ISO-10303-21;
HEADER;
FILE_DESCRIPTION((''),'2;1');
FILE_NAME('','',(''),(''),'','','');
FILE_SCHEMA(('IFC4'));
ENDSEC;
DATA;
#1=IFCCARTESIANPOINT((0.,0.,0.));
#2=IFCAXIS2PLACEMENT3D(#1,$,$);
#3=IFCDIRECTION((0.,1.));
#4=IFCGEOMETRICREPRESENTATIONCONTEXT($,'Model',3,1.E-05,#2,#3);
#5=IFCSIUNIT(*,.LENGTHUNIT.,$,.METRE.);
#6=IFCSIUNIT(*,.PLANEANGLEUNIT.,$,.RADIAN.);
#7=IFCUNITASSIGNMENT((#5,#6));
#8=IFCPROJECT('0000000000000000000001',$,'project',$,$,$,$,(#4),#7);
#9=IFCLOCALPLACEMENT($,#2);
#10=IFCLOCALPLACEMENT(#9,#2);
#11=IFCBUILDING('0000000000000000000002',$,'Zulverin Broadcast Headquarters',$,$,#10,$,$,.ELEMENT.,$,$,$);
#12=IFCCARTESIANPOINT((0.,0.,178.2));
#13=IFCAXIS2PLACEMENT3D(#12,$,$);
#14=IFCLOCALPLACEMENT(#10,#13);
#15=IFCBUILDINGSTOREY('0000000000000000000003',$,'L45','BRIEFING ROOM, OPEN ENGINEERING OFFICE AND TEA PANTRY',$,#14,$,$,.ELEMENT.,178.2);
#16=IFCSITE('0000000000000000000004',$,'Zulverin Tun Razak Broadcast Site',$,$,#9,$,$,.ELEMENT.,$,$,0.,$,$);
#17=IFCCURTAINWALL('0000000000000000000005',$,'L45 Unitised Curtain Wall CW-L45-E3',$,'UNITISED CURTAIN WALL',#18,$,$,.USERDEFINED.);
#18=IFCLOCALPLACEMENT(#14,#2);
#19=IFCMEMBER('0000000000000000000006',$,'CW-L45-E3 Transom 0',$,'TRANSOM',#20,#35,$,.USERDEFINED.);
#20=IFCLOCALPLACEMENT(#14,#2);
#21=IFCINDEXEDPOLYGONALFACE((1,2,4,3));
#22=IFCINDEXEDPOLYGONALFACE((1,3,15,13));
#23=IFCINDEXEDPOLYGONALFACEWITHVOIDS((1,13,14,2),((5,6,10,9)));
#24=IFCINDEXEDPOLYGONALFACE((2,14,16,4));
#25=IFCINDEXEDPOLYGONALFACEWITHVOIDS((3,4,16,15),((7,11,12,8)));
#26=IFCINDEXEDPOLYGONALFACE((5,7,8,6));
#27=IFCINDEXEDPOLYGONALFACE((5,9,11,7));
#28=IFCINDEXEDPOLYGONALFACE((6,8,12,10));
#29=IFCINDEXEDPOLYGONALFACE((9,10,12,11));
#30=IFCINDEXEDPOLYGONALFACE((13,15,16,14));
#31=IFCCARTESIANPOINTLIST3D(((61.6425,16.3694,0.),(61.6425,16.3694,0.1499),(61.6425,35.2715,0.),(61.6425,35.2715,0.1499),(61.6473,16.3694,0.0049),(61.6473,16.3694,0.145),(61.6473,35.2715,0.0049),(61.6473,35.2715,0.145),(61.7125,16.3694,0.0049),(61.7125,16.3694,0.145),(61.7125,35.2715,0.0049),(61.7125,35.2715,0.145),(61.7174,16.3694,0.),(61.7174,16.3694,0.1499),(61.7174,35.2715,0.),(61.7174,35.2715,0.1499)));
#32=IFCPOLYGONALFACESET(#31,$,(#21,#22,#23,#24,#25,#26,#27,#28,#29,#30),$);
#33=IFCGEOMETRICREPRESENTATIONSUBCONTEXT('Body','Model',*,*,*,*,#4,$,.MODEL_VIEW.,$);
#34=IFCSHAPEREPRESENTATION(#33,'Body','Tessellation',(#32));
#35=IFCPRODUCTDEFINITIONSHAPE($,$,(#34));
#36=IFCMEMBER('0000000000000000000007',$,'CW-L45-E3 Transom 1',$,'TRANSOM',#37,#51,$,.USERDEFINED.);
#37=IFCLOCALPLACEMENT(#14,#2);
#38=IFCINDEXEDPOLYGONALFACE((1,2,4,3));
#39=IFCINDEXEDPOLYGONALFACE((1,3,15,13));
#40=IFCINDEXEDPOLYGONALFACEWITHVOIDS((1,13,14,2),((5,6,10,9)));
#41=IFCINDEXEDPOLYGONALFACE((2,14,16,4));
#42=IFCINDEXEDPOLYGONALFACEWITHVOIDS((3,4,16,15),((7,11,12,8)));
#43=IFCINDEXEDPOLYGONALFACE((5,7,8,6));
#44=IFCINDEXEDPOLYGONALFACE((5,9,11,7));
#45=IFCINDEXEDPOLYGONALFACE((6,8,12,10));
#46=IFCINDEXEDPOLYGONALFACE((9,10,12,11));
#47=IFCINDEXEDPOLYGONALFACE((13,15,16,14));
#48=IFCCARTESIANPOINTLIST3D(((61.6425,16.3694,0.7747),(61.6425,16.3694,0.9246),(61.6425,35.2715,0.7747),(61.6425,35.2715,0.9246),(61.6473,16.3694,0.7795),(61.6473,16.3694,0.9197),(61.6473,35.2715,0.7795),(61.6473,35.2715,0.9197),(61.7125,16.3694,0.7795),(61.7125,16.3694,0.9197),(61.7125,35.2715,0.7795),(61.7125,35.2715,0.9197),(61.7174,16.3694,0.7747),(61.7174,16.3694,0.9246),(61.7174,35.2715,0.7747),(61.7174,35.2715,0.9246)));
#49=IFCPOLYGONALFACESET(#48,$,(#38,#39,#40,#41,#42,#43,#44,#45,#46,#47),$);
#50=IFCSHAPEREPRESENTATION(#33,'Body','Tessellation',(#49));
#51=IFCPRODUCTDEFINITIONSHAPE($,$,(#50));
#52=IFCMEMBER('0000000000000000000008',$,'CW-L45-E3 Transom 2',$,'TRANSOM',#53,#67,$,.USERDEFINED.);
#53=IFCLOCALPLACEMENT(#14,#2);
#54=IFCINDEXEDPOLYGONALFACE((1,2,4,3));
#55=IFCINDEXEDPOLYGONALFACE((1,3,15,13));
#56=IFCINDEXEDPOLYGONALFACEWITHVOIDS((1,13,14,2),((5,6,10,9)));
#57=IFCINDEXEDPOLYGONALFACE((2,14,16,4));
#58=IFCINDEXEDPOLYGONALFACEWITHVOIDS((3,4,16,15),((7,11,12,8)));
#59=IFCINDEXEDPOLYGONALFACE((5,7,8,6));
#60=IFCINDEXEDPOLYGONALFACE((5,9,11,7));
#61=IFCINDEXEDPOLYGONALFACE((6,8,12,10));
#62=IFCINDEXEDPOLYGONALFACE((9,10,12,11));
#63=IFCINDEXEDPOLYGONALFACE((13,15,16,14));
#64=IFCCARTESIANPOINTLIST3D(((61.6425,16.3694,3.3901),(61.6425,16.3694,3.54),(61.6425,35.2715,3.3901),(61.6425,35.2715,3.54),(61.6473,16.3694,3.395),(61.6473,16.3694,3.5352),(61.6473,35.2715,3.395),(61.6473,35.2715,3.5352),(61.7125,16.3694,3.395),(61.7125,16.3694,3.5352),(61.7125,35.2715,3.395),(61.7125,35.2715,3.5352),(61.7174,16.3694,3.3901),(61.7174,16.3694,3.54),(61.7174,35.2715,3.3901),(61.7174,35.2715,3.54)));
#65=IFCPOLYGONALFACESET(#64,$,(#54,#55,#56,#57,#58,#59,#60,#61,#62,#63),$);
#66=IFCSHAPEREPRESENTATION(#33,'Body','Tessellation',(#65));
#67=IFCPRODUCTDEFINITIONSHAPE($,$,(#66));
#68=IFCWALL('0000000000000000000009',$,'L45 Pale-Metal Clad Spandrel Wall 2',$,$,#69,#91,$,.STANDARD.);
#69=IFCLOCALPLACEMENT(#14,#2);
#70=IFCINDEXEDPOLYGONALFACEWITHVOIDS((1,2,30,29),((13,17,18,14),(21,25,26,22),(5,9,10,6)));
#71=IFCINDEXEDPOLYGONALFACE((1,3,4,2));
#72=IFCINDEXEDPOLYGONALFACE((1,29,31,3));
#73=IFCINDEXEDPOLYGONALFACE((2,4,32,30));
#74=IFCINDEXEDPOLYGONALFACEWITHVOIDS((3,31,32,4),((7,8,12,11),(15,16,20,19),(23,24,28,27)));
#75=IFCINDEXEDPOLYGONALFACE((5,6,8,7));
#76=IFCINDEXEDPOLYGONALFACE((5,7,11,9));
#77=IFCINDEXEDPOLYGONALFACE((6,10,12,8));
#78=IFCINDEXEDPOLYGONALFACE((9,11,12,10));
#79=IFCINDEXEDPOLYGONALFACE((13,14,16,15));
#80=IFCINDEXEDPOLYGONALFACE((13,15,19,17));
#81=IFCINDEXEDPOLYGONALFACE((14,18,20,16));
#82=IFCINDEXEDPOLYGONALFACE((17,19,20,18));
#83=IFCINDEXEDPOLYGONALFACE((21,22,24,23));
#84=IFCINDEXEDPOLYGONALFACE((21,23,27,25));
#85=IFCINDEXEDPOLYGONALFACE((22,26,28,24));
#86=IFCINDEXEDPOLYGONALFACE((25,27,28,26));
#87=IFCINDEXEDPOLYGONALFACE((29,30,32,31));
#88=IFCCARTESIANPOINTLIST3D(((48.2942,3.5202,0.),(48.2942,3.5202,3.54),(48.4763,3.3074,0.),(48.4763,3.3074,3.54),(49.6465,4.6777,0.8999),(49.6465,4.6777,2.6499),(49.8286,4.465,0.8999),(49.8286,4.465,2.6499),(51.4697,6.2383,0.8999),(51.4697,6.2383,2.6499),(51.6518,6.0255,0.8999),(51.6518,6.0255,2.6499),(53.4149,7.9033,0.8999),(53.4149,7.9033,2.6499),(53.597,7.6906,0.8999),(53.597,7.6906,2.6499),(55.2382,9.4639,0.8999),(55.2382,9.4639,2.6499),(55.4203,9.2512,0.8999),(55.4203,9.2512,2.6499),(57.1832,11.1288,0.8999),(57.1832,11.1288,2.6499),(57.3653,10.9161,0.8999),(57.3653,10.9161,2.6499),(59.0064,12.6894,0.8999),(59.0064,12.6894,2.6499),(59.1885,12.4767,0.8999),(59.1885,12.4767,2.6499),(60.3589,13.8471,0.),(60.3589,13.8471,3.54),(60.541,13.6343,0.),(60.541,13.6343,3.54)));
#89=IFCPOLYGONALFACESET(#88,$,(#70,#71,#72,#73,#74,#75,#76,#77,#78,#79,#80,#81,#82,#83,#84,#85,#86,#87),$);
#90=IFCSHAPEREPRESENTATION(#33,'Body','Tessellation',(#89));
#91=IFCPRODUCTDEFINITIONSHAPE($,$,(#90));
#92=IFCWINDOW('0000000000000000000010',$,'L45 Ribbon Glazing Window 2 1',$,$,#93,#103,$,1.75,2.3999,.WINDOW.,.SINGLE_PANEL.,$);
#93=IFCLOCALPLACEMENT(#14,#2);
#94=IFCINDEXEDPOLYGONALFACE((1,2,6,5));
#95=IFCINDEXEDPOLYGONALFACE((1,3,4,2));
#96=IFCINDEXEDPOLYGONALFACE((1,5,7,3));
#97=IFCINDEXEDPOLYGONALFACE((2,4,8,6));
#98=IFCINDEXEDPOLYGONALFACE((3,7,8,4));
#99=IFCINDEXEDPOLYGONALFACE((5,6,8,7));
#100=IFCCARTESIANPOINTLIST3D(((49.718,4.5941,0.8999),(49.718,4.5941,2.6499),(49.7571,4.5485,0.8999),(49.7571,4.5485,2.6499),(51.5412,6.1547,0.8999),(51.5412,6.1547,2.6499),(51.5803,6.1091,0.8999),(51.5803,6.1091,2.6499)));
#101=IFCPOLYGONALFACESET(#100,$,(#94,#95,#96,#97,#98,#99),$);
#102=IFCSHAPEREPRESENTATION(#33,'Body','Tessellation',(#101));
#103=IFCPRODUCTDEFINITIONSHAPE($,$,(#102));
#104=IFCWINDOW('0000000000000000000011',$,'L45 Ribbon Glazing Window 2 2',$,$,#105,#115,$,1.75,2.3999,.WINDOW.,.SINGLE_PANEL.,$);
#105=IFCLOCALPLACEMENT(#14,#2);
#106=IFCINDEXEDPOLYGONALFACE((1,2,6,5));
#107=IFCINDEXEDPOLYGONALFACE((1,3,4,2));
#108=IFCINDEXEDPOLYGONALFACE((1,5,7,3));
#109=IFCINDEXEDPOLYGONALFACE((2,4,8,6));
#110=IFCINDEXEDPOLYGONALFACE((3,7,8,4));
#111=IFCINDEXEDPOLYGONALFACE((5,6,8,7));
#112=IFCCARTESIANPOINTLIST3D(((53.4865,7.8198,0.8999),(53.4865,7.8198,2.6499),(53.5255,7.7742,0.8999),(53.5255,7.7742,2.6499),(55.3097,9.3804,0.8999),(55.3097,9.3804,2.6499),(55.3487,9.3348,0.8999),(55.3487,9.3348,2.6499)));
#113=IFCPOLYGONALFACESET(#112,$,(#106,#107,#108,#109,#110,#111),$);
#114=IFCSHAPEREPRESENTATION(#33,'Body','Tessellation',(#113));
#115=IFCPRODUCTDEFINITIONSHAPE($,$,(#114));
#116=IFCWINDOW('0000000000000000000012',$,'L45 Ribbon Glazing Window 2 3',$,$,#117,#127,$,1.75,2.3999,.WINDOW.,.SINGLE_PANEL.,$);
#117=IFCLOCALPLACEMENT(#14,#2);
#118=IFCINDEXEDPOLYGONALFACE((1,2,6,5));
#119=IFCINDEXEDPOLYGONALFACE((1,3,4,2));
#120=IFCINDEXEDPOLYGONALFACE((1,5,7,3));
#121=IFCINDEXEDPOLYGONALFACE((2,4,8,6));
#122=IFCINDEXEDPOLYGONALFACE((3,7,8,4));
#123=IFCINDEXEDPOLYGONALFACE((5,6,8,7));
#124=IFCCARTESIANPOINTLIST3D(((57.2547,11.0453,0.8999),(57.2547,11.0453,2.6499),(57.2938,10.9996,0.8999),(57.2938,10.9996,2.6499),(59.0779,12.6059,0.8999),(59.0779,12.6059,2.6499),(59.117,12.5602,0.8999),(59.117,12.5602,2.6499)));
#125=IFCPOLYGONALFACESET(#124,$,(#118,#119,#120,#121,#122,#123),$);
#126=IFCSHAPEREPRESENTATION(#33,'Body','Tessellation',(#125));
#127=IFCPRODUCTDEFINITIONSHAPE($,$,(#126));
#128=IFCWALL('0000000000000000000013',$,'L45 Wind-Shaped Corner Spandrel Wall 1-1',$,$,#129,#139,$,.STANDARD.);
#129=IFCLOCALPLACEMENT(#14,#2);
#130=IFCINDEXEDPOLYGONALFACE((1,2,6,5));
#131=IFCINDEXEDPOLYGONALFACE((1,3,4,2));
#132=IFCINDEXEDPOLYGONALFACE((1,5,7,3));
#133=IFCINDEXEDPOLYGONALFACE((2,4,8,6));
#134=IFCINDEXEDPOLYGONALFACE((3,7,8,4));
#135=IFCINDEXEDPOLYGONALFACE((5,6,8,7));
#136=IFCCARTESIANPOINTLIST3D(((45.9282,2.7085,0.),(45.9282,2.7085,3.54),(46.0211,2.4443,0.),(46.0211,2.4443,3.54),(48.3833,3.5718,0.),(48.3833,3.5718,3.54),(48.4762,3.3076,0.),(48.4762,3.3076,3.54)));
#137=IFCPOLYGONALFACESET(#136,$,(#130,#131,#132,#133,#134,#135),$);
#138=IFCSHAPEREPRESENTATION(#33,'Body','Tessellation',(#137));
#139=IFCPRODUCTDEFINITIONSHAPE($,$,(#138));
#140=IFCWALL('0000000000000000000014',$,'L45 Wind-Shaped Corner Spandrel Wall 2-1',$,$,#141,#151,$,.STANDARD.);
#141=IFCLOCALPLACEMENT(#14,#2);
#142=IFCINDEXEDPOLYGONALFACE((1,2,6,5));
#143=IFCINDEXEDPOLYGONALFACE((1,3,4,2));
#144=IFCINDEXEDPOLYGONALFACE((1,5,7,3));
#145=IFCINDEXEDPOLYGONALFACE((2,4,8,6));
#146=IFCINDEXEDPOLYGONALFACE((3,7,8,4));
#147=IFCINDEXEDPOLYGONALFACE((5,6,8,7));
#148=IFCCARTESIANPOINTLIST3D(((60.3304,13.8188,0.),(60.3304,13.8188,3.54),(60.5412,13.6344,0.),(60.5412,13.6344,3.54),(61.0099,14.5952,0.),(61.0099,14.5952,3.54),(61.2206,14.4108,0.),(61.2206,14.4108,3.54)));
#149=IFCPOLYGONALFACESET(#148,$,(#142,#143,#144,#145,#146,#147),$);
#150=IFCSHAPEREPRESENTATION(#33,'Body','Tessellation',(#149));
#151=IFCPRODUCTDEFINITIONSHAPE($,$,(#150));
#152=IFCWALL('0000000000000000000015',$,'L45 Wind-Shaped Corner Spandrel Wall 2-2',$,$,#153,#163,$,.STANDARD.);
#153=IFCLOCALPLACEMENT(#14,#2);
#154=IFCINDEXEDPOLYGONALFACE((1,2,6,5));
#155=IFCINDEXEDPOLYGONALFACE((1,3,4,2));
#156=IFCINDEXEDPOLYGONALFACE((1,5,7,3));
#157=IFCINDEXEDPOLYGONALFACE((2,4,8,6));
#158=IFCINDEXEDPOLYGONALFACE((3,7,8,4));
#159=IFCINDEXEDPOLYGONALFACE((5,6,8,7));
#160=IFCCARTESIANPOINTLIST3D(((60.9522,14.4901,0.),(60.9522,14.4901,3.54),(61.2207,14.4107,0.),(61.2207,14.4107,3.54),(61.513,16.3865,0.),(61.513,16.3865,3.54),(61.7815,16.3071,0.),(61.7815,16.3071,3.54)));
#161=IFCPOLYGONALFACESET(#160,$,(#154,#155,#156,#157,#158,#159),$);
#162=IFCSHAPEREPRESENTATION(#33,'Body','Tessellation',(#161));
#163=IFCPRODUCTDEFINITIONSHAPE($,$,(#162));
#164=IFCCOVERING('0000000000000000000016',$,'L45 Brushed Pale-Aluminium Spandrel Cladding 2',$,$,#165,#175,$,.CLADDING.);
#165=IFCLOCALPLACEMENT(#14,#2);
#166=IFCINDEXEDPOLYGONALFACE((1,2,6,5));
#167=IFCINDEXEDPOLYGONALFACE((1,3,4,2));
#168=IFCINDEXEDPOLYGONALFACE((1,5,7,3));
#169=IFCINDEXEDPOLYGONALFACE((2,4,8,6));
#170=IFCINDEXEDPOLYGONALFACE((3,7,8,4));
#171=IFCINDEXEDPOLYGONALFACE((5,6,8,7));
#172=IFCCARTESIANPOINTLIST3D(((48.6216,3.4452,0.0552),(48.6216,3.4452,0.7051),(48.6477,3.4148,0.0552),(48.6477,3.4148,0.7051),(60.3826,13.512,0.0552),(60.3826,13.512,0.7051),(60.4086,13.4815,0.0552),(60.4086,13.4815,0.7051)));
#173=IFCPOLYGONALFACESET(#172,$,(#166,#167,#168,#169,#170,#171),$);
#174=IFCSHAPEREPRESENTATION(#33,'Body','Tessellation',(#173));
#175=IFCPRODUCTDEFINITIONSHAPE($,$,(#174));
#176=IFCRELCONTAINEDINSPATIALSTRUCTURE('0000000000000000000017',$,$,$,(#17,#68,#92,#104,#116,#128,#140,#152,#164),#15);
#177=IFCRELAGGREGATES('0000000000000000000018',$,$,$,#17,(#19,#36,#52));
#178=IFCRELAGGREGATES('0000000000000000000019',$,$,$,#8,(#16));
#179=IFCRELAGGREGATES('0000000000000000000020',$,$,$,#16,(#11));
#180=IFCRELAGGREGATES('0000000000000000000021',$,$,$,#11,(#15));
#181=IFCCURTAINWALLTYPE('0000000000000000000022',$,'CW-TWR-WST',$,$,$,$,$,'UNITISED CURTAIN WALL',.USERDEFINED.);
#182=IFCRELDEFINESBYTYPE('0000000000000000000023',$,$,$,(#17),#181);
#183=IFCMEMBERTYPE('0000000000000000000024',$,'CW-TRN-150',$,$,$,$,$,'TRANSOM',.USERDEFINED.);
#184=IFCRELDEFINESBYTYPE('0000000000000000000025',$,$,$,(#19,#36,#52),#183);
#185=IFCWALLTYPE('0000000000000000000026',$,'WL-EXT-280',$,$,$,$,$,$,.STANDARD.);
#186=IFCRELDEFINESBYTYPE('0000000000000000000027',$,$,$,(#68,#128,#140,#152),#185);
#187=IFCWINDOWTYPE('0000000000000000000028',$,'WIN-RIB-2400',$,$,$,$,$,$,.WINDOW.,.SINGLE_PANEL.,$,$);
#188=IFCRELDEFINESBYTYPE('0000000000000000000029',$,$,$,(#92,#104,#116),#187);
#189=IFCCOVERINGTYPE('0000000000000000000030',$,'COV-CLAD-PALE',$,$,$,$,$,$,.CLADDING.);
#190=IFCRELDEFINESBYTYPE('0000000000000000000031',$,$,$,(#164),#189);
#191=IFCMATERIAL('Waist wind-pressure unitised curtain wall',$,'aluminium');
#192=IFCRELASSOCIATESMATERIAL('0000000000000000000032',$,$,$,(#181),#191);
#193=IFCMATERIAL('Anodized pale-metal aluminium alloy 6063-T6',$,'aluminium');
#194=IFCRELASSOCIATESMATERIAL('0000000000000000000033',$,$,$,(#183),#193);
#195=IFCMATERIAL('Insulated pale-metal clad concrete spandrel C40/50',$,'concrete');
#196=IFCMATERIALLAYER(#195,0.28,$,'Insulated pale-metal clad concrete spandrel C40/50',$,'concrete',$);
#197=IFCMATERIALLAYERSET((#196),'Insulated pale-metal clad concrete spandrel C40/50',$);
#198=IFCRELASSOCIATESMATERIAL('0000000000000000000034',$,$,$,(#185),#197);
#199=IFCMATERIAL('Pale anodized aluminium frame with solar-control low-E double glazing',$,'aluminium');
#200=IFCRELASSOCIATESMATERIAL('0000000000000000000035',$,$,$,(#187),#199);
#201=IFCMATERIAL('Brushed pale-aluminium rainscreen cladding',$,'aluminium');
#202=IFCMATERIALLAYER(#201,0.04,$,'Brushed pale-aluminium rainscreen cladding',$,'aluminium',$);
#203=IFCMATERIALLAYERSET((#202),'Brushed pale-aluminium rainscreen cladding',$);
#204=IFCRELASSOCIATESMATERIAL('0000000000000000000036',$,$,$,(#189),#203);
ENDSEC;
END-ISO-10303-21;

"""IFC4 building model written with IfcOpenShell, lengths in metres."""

from ifc_helpers import new_model, si_unit, direction, frame, frame_2d, origin, origin_2d, place, context, subcontext, project, spatial, rectangle, hollow_rectangle, extrude, material, layer, layer_set, material_profile, profile_set, type_object, element, fill, aggregate, save


model = new_model("IFC4")

# Units and contexts
model_context = context("Model", 3, precision=1e-05, world=origin(), true_north=direction((0.0, 1.0)))
body_context = subcontext(model_context, "Body", "Model", "MODEL_VIEW")
ifc_project = project(units=[si_unit("LENGTHUNIT", "METRE"), si_unit("PLANEANGLEUNIT", "RADIAN")], contexts=[model_context])

# Site, building, storey
site_placement = place(None, origin())
site = spatial("IfcSite", under=ifc_project, at=site_placement, Name="Zulverin Tun Razak Broadcast Site", CompositionType="ELEMENT", RefElevation=0.0)
building_placement = place(site_placement, origin())
building = spatial("IfcBuilding", under=site, at=building_placement, Name="Zulverin Broadcast Headquarters", CompositionType="ELEMENT")
storey_placement = place(building_placement, frame((0.0, 0.0, 178.2)))
storey = spatial("IfcBuildingStorey", under=building, at=storey_placement, Name="L45", Description="BRIEFING ROOM, OPEN ENGINEERING OFFICE AND TEA PANTRY", CompositionType="ELEMENT", Elevation=178.2)

# Curtain wall, members
ifc_material_1 = material(Name="Waist wind-pressure unitised curtain wall", Category="aluminium")
curtain_wall_type = type_object("IfcCurtainWallType", Name="CW-TWR-WST", ElementType="UNITISED CURTAIN WALL", PredefinedType="USERDEFINED", material=ifc_material_1)
curtain_wall_placement = place(storey_placement, origin())
curtain_wall = element("IfcCurtainWall", 1, at=curtain_wall_placement, inside=storey, type_object=curtain_wall_type, Name="L45 Unitised Curtain Wall CW-L45-E3", ObjectType="UNITISED CURTAIN WALL", PredefinedType="USERDEFINED")
ifc_material_2 = material(Name="Anodized pale-metal aluminium alloy 6063-T6", Category="aluminium")
ifc_material_profile_1 = material_profile(ifc_material_2, hollow_rectangle(XDim=0.075, YDim=0.1499, WallThickness=0.0049, at=origin_2d()), Name="Anodized pale-metal aluminium alloy 6063-T6", Category="aluminium")
ifc_profile_set_1 = profile_set([ifc_material_profile_1], Name="Anodized pale-metal aluminium alloy 6063-T6")
member_type_1 = type_object("IfcMemberType", Name="CW-TRN-150", ElementType="TRANSOM", PredefinedType="USERDEFINED", material=ifc_profile_set_1)
member_1_placement = place(storey_placement, frame((61.6799, 16.3694, 0.075), z_axis=(0.0, 1.0, 0.0), x_axis=(-1.0, 0.0, 0.0)))
member_1 = element("IfcMember", 2, at=member_1_placement, type_object=member_type_1, Name="CW-L45-E3 Transom 0", ObjectType="TRANSOM", PredefinedType="USERDEFINED", context=body_context, shape_type="SweptSolid", body=[
    extrude(hollow_rectangle(XDim=0.075, YDim=0.1499, WallThickness=0.0049, at=origin_2d()), origin(), (0.0, 0.0, 1.0), 18.9021),
])
member_2_placement = place(storey_placement, frame((61.6799, 16.3694, 0.8496), z_axis=(0.0, 1.0, 0.0), x_axis=(-1.0, 0.0, 0.0)))
member_2 = element("IfcMember", 3, at=member_2_placement, type_object=member_type_1, Name="CW-L45-E3 Transom 1", ObjectType="TRANSOM", PredefinedType="USERDEFINED", context=body_context, shape_type="SweptSolid", body=[
    extrude(hollow_rectangle(XDim=0.075, YDim=0.1499, WallThickness=0.0049, at=origin_2d()), origin(), (0.0, 0.0, 1.0), 18.9021),
])
member_3_placement = place(storey_placement, frame((61.6799, 16.3694, 3.4651), z_axis=(0.0, 1.0, 0.0), x_axis=(-1.0, 0.0, 0.0)))
member_3 = element("IfcMember", 4, at=member_3_placement, type_object=member_type_1, Name="CW-L45-E3 Transom 2", ObjectType="TRANSOM", PredefinedType="USERDEFINED", context=body_context, shape_type="SweptSolid", body=[
    extrude(hollow_rectangle(XDim=0.075, YDim=0.1499, WallThickness=0.0049, at=origin_2d()), origin(), (0.0, 0.0, 1.0), 18.9021),
])
aggregate(curtain_wall, [member_1, member_2, member_3])

# Wall, openings, windows
ifc_material_3 = material(Name="Insulated pale-metal clad concrete spandrel C40/50", Category="concrete")
ifc_layer_1 = layer(ifc_material_3, 0.28, Name="Insulated pale-metal clad concrete spandrel C40/50", Category="concrete")
ifc_layer_set_1 = layer_set([ifc_layer_1], Name="Insulated pale-metal clad concrete spandrel C40/50")
wall_type = type_object("IfcWallType", Name="WL-EXT-280", PredefinedType="STANDARD", material=ifc_layer_set_1)
wall_1_placement = place(storey_placement, frame((48.3853, 3.4138, 0.0), z_axis=(0.0, 0.0, 1.0), x_axis=(0.7597, 0.650273, 0.0)))
wall_1 = element("IfcWall", 5, at=wall_1_placement, inside=storey, type_object=wall_type, Name="L45 Pale-Metal Clad Spandrel Wall 2", PredefinedType="STANDARD", context=body_context, shape_type="SweptSolid", body=[
    extrude(rectangle(XDim=15.8809, YDim=0.28, at=frame_2d((7.9404, 0.0))), origin(), (0.0, 0.0, 1.0), 3.54),
])
opening_1_placement = place(wall_1_placement, frame((1.78, 0.0, 0.8999)))
opening_1 = element("IfcOpeningElement", 6, at=opening_1_placement, cuts=wall_1, PredefinedType="OPENING", context=body_context, shape_type="SweptSolid", body=[
    extrude(rectangle(XDim=2.3999, YDim=1.75, at=frame_2d((1.2, 0.875))), frame((0.0, 0.1499, 0.0), z_axis=(0.0, -1.0, 0.0), x_axis=(1.0, 0.0, 0.0)), (0.0, 0.0, 1.0), 0.3),
])
opening_2_placement = place(wall_1_placement, frame((6.7405, 0.0, 0.8999)))
opening_2 = element("IfcOpeningElement", 7, at=opening_2_placement, cuts=wall_1, PredefinedType="OPENING", context=body_context, shape_type="SweptSolid", body=[
    extrude(rectangle(XDim=2.3999, YDim=1.75, at=frame_2d((1.2, 0.875))), frame((0.0, 0.1499, 0.0), z_axis=(0.0, -1.0, 0.0), x_axis=(1.0, 0.0, 0.0)), (0.0, 0.0, 1.0), 0.3),
])
opening_3_placement = place(wall_1_placement, frame((11.7007, 0.0, 0.8999)))
opening_3 = element("IfcOpeningElement", 8, at=opening_3_placement, cuts=wall_1, PredefinedType="OPENING", context=body_context, shape_type="SweptSolid", body=[
    extrude(rectangle(XDim=2.3999, YDim=1.75, at=frame_2d((1.2, 0.875))), frame((0.0, 0.1499, 0.0), z_axis=(0.0, -1.0, 0.0), x_axis=(1.0, 0.0, 0.0)), (0.0, 0.0, 1.0), 0.3),
])
ifc_material_4 = material(Name="Pale anodized aluminium frame with solar-control low-E double glazing", Category="aluminium")
window_type = type_object("IfcWindowType", Name="WIN-RIB-2400", PartitioningType="SINGLE_PANEL", PredefinedType="WINDOW", material=ifc_material_4)
window_1_placement = place(opening_1_placement, origin())
window_1 = element("IfcWindow", 9, at=window_1_placement, inside=storey, type_object=window_type, Name="L45 Ribbon Glazing Window 2 1", OverallHeight=1.75, OverallWidth=2.3999, PartitioningType="SINGLE_PANEL", PredefinedType="WINDOW", context=body_context, shape_type="SweptSolid", body=[
    extrude(rectangle(XDim=2.3999, YDim=1.75, at=frame_2d((1.2, 0.875))), frame((0.0, 0.03, 0.0), z_axis=(0.0, -1.0, 0.0), x_axis=(1.0, 0.0, 0.0)), (0.0, 0.0, 1.0), 0.0601),
])
fill(opening_1, window_1)
window_2_placement = place(opening_2_placement, origin())
window_2 = element("IfcWindow", 10, at=window_2_placement, inside=storey, type_object=window_type, Name="L45 Ribbon Glazing Window 2 2", OverallHeight=1.75, OverallWidth=2.3999, PartitioningType="SINGLE_PANEL", PredefinedType="WINDOW", context=body_context, shape_type="SweptSolid", body=[
    extrude(rectangle(XDim=2.3999, YDim=1.75, at=frame_2d((1.2, 0.875))), frame((0.0, 0.03, 0.0), z_axis=(0.0, -1.0, 0.0), x_axis=(1.0, 0.0, 0.0)), (0.0, 0.0, 1.0), 0.0601),
])
fill(opening_2, window_2)
window_3_placement = place(opening_3_placement, origin())
window_3 = element("IfcWindow", 11, at=window_3_placement, inside=storey, type_object=window_type, Name="L45 Ribbon Glazing Window 2 3", OverallHeight=1.75, OverallWidth=2.3999, PartitioningType="SINGLE_PANEL", PredefinedType="WINDOW", context=body_context, shape_type="SweptSolid", body=[
    extrude(rectangle(XDim=2.3999, YDim=1.75, at=frame_2d((1.2, 0.875))), frame((0.0, 0.03, 0.0), z_axis=(0.0, -1.0, 0.0), x_axis=(1.0, 0.0, 0.0)), (0.0, 0.0, 1.0), 0.0601),
])
fill(opening_3, window_3)

# Walls
wall_2_placement = place(storey_placement, frame((45.9746, 2.5764, 0.0), z_axis=(0.0, 0.0, 1.0), x_axis=(0.943378, 0.331721, 0.0)))
element("IfcWall", 12, at=wall_2_placement, inside=storey, type_object=wall_type, Name="L45 Wind-Shaped Corner Spandrel Wall 1-1", PredefinedType="STANDARD", context=body_context, shape_type="SweptSolid", body=[
    extrude(rectangle(XDim=2.6025, YDim=0.28, at=frame_2d((1.3013, 0.0))), origin(), (0.0, 0.0, 1.0), 3.54),
])
wall_3_placement = place(storey_placement, frame((60.4358, 13.7266, 0.0), z_axis=(0.0, 0.0, 1.0), x_axis=(0.658572, 0.752518, 0.0)))
element("IfcWall", 13, at=wall_3_placement, inside=storey, type_object=wall_type, Name="L45 Wind-Shaped Corner Spandrel Wall 2-1", PredefinedType="STANDARD", context=body_context, shape_type="SweptSolid", body=[
    extrude(rectangle(XDim=1.0317, YDim=0.28, at=frame_2d((0.5159, 0.0))), origin(), (0.0, 0.0, 1.0), 3.54),
])
wall_4_placement = place(storey_placement, frame((61.0864, 14.4504, 0.0), z_axis=(0.0, 0.0, 1.0), x_axis=(0.283596, 0.958944, 0.0)))
element("IfcWall", 14, at=wall_4_placement, inside=storey, type_object=wall_type, Name="L45 Wind-Shaped Corner Spandrel Wall 2-2", PredefinedType="STANDARD", context=body_context, shape_type="SweptSolid", body=[
    extrude(rectangle(XDim=1.9775, YDim=0.28, at=frame_2d((0.9888, 0.0))), origin(), (0.0, 0.0, 1.0), 3.54),
])

# Covering
ifc_material_5 = material(Name="Brushed pale-aluminium rainscreen cladding", Category="aluminium")
ifc_layer_2 = layer(ifc_material_5, 0.04, Name="Brushed pale-aluminium rainscreen cladding", Category="aluminium")
ifc_layer_set_2 = layer_set([ifc_layer_2], Name="Brushed pale-aluminium rainscreen cladding")
covering_type = type_object("IfcCoveringType", Name="COV-CLAD-PALE", PredefinedType="CLADDING", material=ifc_layer_set_2)
covering_placement = place(storey_placement, frame((54.5151, 8.4634, 0.0552), z_axis=(0.0, 0.0, 1.0), x_axis=(0.759706, 0.650267, 0.0)))
element("IfcCovering", 15, at=covering_placement, inside=storey, type_object=covering_type, Name="L45 Brushed Pale-Aluminium Spandrel Cladding 2", PredefinedType="CLADDING", context=body_context, shape_type="SweptSolid", body=[
    extrude(rectangle(XDim=15.481, YDim=0.04, at=origin_2d()), origin(), (0.0, 0.0, 1.0), 0.6499),
])

save(model, "model.ifc")
